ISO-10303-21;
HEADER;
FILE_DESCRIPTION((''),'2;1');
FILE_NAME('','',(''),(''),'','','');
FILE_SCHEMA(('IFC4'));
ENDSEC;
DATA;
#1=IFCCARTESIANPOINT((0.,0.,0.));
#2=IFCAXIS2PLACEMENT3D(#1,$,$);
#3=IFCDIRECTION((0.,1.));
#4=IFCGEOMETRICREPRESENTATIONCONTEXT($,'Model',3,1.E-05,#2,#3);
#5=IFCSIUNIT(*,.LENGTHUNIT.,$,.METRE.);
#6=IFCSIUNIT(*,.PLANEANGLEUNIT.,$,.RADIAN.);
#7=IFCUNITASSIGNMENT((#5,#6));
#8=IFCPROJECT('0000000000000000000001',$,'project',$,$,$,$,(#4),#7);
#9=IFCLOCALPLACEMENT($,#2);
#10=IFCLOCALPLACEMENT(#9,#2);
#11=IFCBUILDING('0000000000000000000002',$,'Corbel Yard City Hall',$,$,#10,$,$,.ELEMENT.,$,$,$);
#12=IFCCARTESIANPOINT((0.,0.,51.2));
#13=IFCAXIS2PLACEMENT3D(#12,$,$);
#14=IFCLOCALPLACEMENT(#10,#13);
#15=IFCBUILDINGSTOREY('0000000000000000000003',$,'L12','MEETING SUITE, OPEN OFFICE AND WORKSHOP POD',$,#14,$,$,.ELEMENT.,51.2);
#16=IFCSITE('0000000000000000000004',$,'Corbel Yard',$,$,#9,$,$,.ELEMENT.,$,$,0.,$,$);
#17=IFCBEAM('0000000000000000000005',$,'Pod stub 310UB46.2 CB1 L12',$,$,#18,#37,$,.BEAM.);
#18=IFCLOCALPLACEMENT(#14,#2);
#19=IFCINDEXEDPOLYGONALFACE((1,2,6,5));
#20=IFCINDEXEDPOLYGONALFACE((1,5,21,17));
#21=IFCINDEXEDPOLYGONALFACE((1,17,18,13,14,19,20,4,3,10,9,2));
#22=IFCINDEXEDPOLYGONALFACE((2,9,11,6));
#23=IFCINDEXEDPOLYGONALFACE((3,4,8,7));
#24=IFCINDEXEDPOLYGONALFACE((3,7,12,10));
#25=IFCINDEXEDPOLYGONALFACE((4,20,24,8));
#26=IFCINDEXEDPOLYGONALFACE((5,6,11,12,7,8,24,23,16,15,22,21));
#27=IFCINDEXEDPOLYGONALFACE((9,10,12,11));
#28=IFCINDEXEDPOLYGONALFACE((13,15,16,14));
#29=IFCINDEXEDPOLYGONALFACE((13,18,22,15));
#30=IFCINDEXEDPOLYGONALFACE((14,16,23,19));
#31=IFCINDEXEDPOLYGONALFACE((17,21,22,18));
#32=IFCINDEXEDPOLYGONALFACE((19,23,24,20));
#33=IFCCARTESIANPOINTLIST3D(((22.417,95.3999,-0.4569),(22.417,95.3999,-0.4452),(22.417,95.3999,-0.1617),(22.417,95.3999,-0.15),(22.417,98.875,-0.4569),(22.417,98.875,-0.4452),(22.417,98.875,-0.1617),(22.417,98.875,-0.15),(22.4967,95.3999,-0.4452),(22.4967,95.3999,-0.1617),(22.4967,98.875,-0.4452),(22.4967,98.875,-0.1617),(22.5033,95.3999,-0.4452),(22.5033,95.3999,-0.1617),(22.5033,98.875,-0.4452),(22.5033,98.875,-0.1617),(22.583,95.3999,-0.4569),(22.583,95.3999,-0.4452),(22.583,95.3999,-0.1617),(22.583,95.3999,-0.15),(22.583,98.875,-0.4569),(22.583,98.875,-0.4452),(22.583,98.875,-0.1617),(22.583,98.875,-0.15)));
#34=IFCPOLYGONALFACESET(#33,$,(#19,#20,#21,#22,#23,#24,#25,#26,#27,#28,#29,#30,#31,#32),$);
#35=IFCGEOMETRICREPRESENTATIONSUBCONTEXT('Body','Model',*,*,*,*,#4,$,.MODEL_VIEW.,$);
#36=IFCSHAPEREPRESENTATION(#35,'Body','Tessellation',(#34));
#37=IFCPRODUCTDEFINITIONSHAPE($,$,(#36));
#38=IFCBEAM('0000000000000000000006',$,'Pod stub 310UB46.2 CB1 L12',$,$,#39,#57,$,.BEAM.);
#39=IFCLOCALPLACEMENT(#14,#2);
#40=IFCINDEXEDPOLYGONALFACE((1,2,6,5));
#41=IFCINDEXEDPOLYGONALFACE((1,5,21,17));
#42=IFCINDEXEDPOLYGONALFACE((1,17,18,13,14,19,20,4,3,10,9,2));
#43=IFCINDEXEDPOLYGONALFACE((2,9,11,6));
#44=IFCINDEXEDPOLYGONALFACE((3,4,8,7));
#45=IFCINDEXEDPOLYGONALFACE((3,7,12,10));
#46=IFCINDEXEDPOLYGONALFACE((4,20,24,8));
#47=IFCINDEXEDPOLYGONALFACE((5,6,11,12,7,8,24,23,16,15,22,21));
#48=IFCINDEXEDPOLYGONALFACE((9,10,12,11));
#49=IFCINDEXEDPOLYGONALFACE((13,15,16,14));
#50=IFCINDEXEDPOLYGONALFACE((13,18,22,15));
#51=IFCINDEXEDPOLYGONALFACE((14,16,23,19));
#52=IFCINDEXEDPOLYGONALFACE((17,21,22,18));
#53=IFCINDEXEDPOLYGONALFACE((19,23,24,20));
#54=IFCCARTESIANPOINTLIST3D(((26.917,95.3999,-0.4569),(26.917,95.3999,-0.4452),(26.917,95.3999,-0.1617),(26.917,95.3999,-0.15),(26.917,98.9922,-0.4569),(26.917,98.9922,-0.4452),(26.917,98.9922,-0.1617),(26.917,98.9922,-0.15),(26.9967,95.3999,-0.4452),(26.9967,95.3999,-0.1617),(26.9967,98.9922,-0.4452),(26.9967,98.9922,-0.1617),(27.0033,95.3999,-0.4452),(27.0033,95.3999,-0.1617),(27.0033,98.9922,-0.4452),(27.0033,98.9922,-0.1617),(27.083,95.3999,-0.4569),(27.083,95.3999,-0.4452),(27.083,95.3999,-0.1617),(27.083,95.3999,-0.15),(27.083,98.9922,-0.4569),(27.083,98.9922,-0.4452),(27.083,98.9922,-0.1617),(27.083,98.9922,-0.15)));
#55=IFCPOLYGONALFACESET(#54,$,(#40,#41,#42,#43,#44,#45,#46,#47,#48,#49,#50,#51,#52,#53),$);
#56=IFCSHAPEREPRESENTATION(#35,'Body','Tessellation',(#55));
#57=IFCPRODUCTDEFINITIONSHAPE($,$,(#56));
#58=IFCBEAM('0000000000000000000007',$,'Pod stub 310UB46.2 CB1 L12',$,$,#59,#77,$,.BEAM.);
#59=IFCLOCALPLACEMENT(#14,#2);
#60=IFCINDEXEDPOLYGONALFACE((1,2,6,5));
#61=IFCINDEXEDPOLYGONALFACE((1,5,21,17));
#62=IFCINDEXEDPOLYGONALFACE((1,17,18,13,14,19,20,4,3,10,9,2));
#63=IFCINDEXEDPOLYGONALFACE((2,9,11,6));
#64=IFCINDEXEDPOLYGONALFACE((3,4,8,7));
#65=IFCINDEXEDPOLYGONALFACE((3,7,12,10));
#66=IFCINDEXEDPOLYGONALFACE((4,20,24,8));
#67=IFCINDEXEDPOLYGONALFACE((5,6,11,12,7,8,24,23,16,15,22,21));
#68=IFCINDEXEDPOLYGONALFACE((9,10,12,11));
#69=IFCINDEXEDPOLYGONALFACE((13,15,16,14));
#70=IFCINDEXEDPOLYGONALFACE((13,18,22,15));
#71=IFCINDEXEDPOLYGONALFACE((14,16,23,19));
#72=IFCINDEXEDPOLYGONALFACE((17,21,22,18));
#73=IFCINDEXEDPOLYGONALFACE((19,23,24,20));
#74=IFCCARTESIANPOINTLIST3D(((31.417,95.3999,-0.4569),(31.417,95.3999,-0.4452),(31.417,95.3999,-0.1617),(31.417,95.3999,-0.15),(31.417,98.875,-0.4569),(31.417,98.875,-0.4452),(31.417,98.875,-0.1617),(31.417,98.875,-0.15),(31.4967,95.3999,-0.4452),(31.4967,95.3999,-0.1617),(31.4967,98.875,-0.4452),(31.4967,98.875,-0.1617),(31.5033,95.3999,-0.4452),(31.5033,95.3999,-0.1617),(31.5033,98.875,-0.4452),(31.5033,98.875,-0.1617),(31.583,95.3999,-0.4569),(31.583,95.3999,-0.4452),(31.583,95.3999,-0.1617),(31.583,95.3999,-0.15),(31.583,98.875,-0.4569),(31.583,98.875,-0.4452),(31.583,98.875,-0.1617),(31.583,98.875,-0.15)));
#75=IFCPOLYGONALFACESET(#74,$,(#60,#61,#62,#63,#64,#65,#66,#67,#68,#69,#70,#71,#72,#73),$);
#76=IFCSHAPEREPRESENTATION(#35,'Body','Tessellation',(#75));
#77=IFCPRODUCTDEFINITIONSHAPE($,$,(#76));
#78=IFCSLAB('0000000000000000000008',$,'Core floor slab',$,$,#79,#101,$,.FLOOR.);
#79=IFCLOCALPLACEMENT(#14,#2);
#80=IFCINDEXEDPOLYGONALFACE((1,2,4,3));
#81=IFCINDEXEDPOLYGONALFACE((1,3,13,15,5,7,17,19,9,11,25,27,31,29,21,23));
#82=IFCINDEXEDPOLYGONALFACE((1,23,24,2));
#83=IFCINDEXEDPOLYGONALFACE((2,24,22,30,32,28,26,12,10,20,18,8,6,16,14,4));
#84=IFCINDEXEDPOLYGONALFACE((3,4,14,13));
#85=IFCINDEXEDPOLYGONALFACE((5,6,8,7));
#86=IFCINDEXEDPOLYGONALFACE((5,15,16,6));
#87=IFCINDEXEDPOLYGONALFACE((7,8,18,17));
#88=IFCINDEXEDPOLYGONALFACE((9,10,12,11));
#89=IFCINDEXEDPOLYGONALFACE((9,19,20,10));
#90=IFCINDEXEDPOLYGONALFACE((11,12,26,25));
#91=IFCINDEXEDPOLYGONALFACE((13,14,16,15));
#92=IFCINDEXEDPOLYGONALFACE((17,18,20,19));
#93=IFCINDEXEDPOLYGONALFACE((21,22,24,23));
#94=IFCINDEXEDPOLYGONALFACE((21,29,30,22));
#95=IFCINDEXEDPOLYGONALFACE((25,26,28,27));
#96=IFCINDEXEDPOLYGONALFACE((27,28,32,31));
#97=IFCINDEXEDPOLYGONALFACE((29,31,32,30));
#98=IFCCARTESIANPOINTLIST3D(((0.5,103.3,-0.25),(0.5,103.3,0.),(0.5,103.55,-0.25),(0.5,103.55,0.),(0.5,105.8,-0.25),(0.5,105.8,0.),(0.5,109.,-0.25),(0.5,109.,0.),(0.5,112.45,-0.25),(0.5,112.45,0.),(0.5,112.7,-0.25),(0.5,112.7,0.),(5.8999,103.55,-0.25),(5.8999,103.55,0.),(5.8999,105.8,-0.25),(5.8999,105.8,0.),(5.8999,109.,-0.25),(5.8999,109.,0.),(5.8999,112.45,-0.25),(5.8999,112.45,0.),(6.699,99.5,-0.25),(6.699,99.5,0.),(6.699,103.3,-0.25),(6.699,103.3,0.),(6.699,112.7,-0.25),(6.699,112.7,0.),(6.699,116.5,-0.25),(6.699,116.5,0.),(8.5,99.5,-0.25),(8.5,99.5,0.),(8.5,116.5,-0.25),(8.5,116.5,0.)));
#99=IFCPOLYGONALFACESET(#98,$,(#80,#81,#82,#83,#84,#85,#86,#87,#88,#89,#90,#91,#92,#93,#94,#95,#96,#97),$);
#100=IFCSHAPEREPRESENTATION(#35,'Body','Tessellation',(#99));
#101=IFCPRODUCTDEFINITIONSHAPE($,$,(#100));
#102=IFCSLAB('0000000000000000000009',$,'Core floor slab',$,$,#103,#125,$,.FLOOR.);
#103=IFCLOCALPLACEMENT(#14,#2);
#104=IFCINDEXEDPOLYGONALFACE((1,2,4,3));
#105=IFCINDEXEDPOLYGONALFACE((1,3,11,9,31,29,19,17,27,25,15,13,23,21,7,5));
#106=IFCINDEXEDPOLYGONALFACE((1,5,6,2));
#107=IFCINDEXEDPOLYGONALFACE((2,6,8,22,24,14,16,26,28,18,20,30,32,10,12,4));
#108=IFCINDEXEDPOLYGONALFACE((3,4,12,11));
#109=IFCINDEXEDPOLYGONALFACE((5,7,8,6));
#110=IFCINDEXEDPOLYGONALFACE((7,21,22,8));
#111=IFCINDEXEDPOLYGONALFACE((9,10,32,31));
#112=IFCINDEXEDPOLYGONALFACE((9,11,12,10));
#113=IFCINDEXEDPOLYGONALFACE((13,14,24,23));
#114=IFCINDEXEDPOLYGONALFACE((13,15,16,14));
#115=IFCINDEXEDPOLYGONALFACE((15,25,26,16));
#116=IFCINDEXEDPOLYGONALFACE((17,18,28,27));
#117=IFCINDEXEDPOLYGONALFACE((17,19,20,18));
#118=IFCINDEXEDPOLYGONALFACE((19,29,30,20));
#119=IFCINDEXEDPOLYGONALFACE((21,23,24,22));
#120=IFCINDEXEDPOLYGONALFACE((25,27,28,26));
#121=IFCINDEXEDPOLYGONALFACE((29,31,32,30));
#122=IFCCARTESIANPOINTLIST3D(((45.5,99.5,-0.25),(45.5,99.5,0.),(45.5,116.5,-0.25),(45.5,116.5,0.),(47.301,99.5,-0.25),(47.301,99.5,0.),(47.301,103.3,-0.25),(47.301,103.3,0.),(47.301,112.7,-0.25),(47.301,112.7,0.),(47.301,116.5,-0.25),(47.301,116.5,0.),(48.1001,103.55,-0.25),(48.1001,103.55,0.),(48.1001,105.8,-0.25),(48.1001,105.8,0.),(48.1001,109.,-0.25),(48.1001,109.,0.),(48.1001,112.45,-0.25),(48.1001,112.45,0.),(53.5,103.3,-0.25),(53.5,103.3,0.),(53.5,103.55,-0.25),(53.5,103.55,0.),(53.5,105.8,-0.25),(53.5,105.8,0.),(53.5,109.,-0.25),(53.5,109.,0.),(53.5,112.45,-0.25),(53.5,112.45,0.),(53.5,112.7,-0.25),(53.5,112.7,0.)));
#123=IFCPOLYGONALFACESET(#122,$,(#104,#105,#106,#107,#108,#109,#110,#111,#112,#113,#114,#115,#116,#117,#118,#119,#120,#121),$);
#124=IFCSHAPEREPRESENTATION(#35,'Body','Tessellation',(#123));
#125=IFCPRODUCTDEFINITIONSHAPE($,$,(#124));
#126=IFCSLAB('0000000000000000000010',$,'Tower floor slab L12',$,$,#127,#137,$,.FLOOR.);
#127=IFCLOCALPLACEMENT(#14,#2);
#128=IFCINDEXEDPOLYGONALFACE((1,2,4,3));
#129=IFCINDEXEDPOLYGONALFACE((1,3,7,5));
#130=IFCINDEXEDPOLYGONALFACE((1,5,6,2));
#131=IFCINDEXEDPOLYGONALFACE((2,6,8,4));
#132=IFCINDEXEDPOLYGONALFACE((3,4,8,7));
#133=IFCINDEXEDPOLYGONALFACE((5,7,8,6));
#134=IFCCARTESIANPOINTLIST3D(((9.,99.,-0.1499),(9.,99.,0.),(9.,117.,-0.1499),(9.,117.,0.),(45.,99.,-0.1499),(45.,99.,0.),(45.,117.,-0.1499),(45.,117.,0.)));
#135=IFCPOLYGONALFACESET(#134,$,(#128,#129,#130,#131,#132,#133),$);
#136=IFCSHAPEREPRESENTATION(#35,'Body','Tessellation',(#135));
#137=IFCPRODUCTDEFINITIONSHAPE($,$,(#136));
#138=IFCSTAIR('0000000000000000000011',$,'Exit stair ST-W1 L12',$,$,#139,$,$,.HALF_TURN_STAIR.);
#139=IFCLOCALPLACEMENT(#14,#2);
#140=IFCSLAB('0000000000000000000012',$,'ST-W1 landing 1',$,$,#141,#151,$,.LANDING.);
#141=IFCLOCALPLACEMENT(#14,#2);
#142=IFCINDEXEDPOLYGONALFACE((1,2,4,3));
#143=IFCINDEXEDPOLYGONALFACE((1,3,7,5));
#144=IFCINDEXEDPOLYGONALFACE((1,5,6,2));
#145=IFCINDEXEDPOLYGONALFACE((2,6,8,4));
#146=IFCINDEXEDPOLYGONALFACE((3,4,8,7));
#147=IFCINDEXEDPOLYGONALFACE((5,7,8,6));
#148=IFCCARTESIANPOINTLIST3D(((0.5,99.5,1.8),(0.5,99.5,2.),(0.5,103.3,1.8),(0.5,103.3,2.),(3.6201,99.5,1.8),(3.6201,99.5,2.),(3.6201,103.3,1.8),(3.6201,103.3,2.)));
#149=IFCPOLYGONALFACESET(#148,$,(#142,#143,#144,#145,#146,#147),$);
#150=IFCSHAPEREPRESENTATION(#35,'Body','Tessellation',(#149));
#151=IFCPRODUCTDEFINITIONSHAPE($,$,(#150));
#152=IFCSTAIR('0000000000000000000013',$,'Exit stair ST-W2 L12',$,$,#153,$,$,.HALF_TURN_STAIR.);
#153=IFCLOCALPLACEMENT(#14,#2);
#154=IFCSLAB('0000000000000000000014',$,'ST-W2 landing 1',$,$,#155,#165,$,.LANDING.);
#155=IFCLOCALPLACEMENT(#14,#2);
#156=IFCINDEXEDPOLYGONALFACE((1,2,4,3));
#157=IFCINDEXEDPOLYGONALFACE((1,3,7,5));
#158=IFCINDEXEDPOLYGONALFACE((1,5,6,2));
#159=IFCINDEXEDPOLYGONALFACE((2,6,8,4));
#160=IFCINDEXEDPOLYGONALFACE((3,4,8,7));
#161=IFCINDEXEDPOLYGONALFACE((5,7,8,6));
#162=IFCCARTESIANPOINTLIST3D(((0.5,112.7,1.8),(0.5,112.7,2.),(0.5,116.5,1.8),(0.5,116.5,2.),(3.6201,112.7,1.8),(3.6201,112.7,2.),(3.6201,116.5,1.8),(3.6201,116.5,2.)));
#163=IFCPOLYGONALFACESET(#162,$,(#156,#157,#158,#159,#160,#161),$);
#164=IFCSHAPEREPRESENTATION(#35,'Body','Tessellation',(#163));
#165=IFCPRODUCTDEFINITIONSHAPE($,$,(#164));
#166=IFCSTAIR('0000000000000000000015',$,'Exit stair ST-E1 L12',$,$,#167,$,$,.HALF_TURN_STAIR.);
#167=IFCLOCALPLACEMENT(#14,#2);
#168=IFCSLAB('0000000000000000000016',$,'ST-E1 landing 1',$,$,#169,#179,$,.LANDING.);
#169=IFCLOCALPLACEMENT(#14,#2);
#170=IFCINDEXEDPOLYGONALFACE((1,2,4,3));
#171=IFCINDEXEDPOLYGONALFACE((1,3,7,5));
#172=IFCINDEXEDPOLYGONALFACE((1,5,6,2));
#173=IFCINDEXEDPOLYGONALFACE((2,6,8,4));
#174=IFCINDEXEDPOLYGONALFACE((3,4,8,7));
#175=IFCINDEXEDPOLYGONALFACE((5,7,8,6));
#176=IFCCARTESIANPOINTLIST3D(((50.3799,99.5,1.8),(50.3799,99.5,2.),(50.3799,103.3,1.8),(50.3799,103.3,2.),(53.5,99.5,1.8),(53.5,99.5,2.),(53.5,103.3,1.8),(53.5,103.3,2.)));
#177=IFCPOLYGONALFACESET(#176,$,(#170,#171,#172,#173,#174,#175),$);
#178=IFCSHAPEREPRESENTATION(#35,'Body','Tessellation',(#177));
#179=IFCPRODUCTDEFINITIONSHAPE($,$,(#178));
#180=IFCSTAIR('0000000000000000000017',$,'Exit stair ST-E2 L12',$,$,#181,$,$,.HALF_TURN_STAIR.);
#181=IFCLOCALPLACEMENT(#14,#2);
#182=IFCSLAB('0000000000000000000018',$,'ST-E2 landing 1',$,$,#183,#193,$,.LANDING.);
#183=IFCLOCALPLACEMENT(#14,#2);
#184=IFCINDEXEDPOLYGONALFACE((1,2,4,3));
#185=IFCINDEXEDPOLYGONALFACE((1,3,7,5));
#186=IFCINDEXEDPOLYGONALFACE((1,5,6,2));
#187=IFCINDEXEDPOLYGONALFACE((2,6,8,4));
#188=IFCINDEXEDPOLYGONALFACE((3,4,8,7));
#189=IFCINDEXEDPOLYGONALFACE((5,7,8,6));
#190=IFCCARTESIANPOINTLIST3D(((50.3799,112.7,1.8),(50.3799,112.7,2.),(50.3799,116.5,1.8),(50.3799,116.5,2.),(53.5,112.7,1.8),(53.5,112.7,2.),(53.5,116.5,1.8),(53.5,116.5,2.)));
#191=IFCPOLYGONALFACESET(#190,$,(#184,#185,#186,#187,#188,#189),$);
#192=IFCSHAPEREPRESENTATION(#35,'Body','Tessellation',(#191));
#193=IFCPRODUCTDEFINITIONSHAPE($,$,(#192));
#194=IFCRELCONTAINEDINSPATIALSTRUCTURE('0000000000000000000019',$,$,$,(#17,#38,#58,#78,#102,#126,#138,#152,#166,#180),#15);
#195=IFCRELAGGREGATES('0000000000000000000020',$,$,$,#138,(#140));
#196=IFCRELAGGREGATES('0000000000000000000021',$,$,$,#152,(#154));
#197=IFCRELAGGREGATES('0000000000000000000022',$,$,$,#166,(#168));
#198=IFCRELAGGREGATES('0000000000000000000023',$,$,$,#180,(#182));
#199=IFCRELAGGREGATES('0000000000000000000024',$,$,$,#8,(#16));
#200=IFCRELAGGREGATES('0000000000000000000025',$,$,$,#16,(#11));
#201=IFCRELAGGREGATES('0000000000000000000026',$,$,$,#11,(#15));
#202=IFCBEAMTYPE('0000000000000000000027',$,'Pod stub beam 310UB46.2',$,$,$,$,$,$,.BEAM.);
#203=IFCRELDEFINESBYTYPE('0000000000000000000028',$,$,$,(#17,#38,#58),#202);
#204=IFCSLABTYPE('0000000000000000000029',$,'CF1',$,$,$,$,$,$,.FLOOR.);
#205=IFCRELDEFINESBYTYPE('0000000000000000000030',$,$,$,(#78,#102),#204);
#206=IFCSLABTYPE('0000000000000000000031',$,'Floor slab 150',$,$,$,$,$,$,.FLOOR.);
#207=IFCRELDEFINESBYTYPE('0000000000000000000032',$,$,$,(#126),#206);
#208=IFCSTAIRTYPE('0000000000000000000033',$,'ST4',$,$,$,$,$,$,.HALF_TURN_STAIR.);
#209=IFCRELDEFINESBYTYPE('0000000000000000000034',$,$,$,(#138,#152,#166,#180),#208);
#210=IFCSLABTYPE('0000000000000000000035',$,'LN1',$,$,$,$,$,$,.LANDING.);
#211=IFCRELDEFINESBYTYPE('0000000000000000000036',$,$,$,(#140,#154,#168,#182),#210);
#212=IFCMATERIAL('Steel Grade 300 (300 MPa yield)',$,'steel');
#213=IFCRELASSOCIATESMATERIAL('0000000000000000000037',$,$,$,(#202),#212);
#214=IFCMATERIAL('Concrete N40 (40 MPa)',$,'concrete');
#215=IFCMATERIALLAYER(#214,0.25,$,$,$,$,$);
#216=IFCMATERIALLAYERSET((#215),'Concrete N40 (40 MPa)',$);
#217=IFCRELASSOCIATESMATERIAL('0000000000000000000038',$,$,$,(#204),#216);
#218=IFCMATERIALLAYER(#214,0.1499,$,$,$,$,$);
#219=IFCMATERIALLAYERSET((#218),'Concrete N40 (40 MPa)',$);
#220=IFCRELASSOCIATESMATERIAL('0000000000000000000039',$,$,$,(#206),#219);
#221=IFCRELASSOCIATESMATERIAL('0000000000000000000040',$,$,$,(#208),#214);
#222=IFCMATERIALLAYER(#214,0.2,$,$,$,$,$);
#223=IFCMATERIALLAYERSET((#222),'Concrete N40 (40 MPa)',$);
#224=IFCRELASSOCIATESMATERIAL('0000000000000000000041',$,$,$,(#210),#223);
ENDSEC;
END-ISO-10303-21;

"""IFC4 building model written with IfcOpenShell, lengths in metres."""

from ifc_helpers import new_model, si_unit, direction, frame, origin, origin_2d, place, context, subcontext, project, spatial, polyline, i_section, outline, extrude, material, layer, layer_set, material_profile, profile_set, type_object, element, aggregate, save


model = new_model("IFC4")

# Units and contexts
model_context = context("Model", 3, precision=1e-05, world=origin(), true_north=direction((0.0, 1.0)))
body_context = subcontext(model_context, "Body", "Model", "MODEL_VIEW")
ifc_project = project(units=[si_unit("LENGTHUNIT", "METRE"), si_unit("PLANEANGLEUNIT", "RADIAN")], contexts=[model_context])

# Site, building, storey
site_placement = place(None, origin())
site = spatial("IfcSite", under=ifc_project, at=site_placement, Name="Corbel Yard", CompositionType="ELEMENT", RefElevation=0.0)
building_placement = place(site_placement, origin())
building = spatial("IfcBuilding", under=site, at=building_placement, Name="Corbel Yard City Hall", CompositionType="ELEMENT")
storey_placement = place(building_placement, frame((0.0, 0.0, 51.2)))
storey = spatial("IfcBuildingStorey", under=building, at=storey_placement, Name="L12", Description="MEETING SUITE, OPEN OFFICE AND WORKSHOP POD", CompositionType="ELEMENT", Elevation=51.2)

# Beams
ifc_material_1 = material(Name="Steel Grade 300 (300 MPa yield)", Category="steel")
ifc_material_profile = material_profile(ifc_material_1, i_section(OverallWidth=0.166, OverallDepth=0.3069, WebThickness=0.0066, FlangeThickness=0.0117, at=origin_2d()), Name="310UB46.2")
ifc_profile_set = profile_set([ifc_material_profile], Name="Steel Grade 300 (300 MPa yield)")
beam_type = type_object("IfcBeamType", Name="Pod stub beam 310UB46.2", PredefinedType="BEAM", material=ifc_profile_set)
beam_1_placement = place(storey_placement, frame((22.5, 95.3999, -0.3035), z_axis=(0.0, 1.0, 0.0), x_axis=(-1.0, 0.0, 0.0)))
element("IfcBeam", 1, at=beam_1_placement, inside=storey, type_object=beam_type, Name="Pod stub 310UB46.2 CB1 L12", PredefinedType="BEAM", context=body_context, shape_type="SweptSolid", body=[
    extrude(i_section(OverallWidth=0.166, OverallDepth=0.3069, WebThickness=0.0066, FlangeThickness=0.0117, at=origin_2d()), origin(), (0.0, 0.0, 1.0), 3.4751),
])
beam_2_placement = place(storey_placement, frame((27.0, 95.3999, -0.3035), z_axis=(0.0, 1.0, 0.0), x_axis=(-1.0, 0.0, 0.0)))
element("IfcBeam", 2, at=beam_2_placement, inside=storey, type_object=beam_type, Name="Pod stub 310UB46.2 CB1 L12", PredefinedType="BEAM", context=body_context, shape_type="SweptSolid", body=[
    extrude(i_section(OverallWidth=0.166, OverallDepth=0.3069, WebThickness=0.0066, FlangeThickness=0.0117, at=origin_2d()), origin(), (0.0, 0.0, 1.0), 3.5923),
])
beam_3_placement = place(storey_placement, frame((31.5, 95.3999, -0.3035), z_axis=(0.0, 1.0, 0.0), x_axis=(-1.0, 0.0, 0.0)))
element("IfcBeam", 3, at=beam_3_placement, inside=storey, type_object=beam_type, Name="Pod stub 310UB46.2 CB1 L12", PredefinedType="BEAM", context=body_context, shape_type="SweptSolid", body=[
    extrude(i_section(OverallWidth=0.166, OverallDepth=0.3069, WebThickness=0.0066, FlangeThickness=0.0117, at=origin_2d()), origin(), (0.0, 0.0, 1.0), 3.4751),
])

# Slabs
ifc_material_2 = material(Name="Concrete N40 (40 MPa)", Category="concrete")
ifc_layer_1 = layer(ifc_material_2, 0.25)
ifc_layer_set_1 = layer_set([ifc_layer_1], Name="Concrete N40 (40 MPa)")
slab_type_1 = type_object("IfcSlabType", Name="CF1", PredefinedType="FLOOR", material=ifc_layer_set_1)
slab_1_placement = place(storey_placement, frame((0.0, 0.0, -0.25)))
element("IfcSlab", 4, at=slab_1_placement, inside=storey, type_object=slab_type_1, Name="Core floor slab", PredefinedType="FLOOR", context=body_context, shape_type="SweptSolid", body=[
    extrude(outline(polyline([(8.5, 116.5), (6.699, 116.5), (6.699, 112.7), (0.5, 112.7), (0.5, 112.45), (5.8999, 112.45), (5.8999, 109.0), (0.5, 109.0), (0.5, 105.8), (5.8999, 105.8), (5.8999, 103.55), (0.5, 103.55), (0.5, 103.3), (6.699, 103.3), (6.699, 99.5), (8.5, 99.5), (8.5, 116.5)])), origin(), (0.0, 0.0, 1.0), 0.25),
])
slab_2_placement = place(storey_placement, frame((0.0, 0.0, -0.25)))
element("IfcSlab", 5, at=slab_2_placement, inside=storey, type_object=slab_type_1, Name="Core floor slab", PredefinedType="FLOOR", context=body_context, shape_type="SweptSolid", body=[
    extrude(outline(polyline([(53.5, 103.3), (53.5, 103.55), (48.1001, 103.55), (48.1001, 105.8), (53.5, 105.8), (53.5, 109.0), (48.1001, 109.0), (48.1001, 112.45), (53.5, 112.45), (53.5, 112.7), (47.301, 112.7), (47.301, 116.5), (45.5, 116.5), (45.5, 99.5), (47.301, 99.5), (47.301, 103.3), (53.5, 103.3)])), origin(), (0.0, 0.0, 1.0), 0.25),
])
ifc_layer_2 = layer(ifc_material_2, 0.1499)
ifc_layer_set_2 = layer_set([ifc_layer_2], Name="Concrete N40 (40 MPa)")
slab_type_2 = type_object("IfcSlabType", Name="Floor slab 150", PredefinedType="FLOOR", material=ifc_layer_set_2)
slab_3_placement = place(storey_placement, frame((0.0, 0.0, -0.1499)))
element("IfcSlab", 6, at=slab_3_placement, inside=storey, type_object=slab_type_2, Name="Tower floor slab L12", PredefinedType="FLOOR", context=body_context, shape_type="SweptSolid", body=[
    extrude(outline(polyline([(45.0, 99.0), (45.0, 117.0), (9.0, 117.0), (9.0, 99.0), (45.0, 99.0)])), origin(), (0.0, 0.0, 1.0), 0.1499),
])

# Stairs, slabs
stair_type = type_object("IfcStairType", Name="ST4", PredefinedType="HALF_TURN_STAIR", material=ifc_material_2)
stair_1_placement = place(storey_placement, origin())
stair_1 = element("IfcStair", 7, at=stair_1_placement, inside=storey, type_object=stair_type, Name="Exit stair ST-W1 L12", PredefinedType="HALF_TURN_STAIR")
ifc_layer_3 = layer(ifc_material_2, 0.2)
ifc_layer_set_3 = layer_set([ifc_layer_3], Name="Concrete N40 (40 MPa)")
slab_type_3 = type_object("IfcSlabType", Name="LN1", PredefinedType="LANDING", material=ifc_layer_set_3)
slab_4_placement = place(storey_placement, frame((0.0, 0.0, 1.8)))
slab_4 = element("IfcSlab", 8, at=slab_4_placement, type_object=slab_type_3, Name="ST-W1 landing 1", PredefinedType="LANDING", context=body_context, shape_type="SweptSolid", body=[
    extrude(outline(polyline([(0.5, 99.5), (3.6201, 99.5), (3.6201, 103.3), (0.5, 103.3), (0.5, 99.5)])), origin(), (0.0, 0.0, 1.0), 0.2),
])
aggregate(stair_1, [slab_4])
stair_2_placement = place(storey_placement, origin())
stair_2 = element("IfcStair", 9, at=stair_2_placement, inside=storey, type_object=stair_type, Name="Exit stair ST-W2 L12", PredefinedType="HALF_TURN_STAIR")
slab_5_placement = place(storey_placement, frame((0.0, 0.0, 1.8)))
slab_5 = element("IfcSlab", 10, at=slab_5_placement, type_object=slab_type_3, Name="ST-W2 landing 1", PredefinedType="LANDING", context=body_context, shape_type="SweptSolid", body=[
    extrude(outline(polyline([(0.5, 112.7), (3.6201, 112.7), (3.6201, 116.5), (0.5, 116.5), (0.5, 112.7)])), origin(), (0.0, 0.0, 1.0), 0.2),
])
aggregate(stair_2, [slab_5])
stair_3_placement = place(storey_placement, origin())
stair_3 = element("IfcStair", 11, at=stair_3_placement, inside=storey, type_object=stair_type, Name="Exit stair ST-E1 L12", PredefinedType="HALF_TURN_STAIR")
slab_6_placement = place(storey_placement, frame((0.0, 0.0, 1.8)))
slab_6 = element("IfcSlab", 12, at=slab_6_placement, type_object=slab_type_3, Name="ST-E1 landing 1", PredefinedType="LANDING", context=body_context, shape_type="SweptSolid", body=[
    extrude(outline(polyline([(50.3799, 99.5), (53.5, 99.5), (53.5, 103.3), (50.3799, 103.3), (50.3799, 99.5)])), origin(), (0.0, 0.0, 1.0), 0.2),
])
aggregate(stair_3, [slab_6])
stair_4_placement = place(storey_placement, origin())
stair_4 = element("IfcStair", 13, at=stair_4_placement, inside=storey, type_object=stair_type, Name="Exit stair ST-E2 L12", PredefinedType="HALF_TURN_STAIR")
slab_7_placement = place(storey_placement, frame((0.0, 0.0, 1.8)))
slab_7 = element("IfcSlab", 14, at=slab_7_placement, type_object=slab_type_3, Name="ST-E2 landing 1", PredefinedType="LANDING", context=body_context, shape_type="SweptSolid", body=[
    extrude(outline(polyline([(50.3799, 112.7), (53.5, 112.7), (53.5, 116.5), (50.3799, 116.5), (50.3799, 112.7)])), origin(), (0.0, 0.0, 1.0), 0.2),
])
aggregate(stair_4, [slab_7])

save(model, "model.ifc")
